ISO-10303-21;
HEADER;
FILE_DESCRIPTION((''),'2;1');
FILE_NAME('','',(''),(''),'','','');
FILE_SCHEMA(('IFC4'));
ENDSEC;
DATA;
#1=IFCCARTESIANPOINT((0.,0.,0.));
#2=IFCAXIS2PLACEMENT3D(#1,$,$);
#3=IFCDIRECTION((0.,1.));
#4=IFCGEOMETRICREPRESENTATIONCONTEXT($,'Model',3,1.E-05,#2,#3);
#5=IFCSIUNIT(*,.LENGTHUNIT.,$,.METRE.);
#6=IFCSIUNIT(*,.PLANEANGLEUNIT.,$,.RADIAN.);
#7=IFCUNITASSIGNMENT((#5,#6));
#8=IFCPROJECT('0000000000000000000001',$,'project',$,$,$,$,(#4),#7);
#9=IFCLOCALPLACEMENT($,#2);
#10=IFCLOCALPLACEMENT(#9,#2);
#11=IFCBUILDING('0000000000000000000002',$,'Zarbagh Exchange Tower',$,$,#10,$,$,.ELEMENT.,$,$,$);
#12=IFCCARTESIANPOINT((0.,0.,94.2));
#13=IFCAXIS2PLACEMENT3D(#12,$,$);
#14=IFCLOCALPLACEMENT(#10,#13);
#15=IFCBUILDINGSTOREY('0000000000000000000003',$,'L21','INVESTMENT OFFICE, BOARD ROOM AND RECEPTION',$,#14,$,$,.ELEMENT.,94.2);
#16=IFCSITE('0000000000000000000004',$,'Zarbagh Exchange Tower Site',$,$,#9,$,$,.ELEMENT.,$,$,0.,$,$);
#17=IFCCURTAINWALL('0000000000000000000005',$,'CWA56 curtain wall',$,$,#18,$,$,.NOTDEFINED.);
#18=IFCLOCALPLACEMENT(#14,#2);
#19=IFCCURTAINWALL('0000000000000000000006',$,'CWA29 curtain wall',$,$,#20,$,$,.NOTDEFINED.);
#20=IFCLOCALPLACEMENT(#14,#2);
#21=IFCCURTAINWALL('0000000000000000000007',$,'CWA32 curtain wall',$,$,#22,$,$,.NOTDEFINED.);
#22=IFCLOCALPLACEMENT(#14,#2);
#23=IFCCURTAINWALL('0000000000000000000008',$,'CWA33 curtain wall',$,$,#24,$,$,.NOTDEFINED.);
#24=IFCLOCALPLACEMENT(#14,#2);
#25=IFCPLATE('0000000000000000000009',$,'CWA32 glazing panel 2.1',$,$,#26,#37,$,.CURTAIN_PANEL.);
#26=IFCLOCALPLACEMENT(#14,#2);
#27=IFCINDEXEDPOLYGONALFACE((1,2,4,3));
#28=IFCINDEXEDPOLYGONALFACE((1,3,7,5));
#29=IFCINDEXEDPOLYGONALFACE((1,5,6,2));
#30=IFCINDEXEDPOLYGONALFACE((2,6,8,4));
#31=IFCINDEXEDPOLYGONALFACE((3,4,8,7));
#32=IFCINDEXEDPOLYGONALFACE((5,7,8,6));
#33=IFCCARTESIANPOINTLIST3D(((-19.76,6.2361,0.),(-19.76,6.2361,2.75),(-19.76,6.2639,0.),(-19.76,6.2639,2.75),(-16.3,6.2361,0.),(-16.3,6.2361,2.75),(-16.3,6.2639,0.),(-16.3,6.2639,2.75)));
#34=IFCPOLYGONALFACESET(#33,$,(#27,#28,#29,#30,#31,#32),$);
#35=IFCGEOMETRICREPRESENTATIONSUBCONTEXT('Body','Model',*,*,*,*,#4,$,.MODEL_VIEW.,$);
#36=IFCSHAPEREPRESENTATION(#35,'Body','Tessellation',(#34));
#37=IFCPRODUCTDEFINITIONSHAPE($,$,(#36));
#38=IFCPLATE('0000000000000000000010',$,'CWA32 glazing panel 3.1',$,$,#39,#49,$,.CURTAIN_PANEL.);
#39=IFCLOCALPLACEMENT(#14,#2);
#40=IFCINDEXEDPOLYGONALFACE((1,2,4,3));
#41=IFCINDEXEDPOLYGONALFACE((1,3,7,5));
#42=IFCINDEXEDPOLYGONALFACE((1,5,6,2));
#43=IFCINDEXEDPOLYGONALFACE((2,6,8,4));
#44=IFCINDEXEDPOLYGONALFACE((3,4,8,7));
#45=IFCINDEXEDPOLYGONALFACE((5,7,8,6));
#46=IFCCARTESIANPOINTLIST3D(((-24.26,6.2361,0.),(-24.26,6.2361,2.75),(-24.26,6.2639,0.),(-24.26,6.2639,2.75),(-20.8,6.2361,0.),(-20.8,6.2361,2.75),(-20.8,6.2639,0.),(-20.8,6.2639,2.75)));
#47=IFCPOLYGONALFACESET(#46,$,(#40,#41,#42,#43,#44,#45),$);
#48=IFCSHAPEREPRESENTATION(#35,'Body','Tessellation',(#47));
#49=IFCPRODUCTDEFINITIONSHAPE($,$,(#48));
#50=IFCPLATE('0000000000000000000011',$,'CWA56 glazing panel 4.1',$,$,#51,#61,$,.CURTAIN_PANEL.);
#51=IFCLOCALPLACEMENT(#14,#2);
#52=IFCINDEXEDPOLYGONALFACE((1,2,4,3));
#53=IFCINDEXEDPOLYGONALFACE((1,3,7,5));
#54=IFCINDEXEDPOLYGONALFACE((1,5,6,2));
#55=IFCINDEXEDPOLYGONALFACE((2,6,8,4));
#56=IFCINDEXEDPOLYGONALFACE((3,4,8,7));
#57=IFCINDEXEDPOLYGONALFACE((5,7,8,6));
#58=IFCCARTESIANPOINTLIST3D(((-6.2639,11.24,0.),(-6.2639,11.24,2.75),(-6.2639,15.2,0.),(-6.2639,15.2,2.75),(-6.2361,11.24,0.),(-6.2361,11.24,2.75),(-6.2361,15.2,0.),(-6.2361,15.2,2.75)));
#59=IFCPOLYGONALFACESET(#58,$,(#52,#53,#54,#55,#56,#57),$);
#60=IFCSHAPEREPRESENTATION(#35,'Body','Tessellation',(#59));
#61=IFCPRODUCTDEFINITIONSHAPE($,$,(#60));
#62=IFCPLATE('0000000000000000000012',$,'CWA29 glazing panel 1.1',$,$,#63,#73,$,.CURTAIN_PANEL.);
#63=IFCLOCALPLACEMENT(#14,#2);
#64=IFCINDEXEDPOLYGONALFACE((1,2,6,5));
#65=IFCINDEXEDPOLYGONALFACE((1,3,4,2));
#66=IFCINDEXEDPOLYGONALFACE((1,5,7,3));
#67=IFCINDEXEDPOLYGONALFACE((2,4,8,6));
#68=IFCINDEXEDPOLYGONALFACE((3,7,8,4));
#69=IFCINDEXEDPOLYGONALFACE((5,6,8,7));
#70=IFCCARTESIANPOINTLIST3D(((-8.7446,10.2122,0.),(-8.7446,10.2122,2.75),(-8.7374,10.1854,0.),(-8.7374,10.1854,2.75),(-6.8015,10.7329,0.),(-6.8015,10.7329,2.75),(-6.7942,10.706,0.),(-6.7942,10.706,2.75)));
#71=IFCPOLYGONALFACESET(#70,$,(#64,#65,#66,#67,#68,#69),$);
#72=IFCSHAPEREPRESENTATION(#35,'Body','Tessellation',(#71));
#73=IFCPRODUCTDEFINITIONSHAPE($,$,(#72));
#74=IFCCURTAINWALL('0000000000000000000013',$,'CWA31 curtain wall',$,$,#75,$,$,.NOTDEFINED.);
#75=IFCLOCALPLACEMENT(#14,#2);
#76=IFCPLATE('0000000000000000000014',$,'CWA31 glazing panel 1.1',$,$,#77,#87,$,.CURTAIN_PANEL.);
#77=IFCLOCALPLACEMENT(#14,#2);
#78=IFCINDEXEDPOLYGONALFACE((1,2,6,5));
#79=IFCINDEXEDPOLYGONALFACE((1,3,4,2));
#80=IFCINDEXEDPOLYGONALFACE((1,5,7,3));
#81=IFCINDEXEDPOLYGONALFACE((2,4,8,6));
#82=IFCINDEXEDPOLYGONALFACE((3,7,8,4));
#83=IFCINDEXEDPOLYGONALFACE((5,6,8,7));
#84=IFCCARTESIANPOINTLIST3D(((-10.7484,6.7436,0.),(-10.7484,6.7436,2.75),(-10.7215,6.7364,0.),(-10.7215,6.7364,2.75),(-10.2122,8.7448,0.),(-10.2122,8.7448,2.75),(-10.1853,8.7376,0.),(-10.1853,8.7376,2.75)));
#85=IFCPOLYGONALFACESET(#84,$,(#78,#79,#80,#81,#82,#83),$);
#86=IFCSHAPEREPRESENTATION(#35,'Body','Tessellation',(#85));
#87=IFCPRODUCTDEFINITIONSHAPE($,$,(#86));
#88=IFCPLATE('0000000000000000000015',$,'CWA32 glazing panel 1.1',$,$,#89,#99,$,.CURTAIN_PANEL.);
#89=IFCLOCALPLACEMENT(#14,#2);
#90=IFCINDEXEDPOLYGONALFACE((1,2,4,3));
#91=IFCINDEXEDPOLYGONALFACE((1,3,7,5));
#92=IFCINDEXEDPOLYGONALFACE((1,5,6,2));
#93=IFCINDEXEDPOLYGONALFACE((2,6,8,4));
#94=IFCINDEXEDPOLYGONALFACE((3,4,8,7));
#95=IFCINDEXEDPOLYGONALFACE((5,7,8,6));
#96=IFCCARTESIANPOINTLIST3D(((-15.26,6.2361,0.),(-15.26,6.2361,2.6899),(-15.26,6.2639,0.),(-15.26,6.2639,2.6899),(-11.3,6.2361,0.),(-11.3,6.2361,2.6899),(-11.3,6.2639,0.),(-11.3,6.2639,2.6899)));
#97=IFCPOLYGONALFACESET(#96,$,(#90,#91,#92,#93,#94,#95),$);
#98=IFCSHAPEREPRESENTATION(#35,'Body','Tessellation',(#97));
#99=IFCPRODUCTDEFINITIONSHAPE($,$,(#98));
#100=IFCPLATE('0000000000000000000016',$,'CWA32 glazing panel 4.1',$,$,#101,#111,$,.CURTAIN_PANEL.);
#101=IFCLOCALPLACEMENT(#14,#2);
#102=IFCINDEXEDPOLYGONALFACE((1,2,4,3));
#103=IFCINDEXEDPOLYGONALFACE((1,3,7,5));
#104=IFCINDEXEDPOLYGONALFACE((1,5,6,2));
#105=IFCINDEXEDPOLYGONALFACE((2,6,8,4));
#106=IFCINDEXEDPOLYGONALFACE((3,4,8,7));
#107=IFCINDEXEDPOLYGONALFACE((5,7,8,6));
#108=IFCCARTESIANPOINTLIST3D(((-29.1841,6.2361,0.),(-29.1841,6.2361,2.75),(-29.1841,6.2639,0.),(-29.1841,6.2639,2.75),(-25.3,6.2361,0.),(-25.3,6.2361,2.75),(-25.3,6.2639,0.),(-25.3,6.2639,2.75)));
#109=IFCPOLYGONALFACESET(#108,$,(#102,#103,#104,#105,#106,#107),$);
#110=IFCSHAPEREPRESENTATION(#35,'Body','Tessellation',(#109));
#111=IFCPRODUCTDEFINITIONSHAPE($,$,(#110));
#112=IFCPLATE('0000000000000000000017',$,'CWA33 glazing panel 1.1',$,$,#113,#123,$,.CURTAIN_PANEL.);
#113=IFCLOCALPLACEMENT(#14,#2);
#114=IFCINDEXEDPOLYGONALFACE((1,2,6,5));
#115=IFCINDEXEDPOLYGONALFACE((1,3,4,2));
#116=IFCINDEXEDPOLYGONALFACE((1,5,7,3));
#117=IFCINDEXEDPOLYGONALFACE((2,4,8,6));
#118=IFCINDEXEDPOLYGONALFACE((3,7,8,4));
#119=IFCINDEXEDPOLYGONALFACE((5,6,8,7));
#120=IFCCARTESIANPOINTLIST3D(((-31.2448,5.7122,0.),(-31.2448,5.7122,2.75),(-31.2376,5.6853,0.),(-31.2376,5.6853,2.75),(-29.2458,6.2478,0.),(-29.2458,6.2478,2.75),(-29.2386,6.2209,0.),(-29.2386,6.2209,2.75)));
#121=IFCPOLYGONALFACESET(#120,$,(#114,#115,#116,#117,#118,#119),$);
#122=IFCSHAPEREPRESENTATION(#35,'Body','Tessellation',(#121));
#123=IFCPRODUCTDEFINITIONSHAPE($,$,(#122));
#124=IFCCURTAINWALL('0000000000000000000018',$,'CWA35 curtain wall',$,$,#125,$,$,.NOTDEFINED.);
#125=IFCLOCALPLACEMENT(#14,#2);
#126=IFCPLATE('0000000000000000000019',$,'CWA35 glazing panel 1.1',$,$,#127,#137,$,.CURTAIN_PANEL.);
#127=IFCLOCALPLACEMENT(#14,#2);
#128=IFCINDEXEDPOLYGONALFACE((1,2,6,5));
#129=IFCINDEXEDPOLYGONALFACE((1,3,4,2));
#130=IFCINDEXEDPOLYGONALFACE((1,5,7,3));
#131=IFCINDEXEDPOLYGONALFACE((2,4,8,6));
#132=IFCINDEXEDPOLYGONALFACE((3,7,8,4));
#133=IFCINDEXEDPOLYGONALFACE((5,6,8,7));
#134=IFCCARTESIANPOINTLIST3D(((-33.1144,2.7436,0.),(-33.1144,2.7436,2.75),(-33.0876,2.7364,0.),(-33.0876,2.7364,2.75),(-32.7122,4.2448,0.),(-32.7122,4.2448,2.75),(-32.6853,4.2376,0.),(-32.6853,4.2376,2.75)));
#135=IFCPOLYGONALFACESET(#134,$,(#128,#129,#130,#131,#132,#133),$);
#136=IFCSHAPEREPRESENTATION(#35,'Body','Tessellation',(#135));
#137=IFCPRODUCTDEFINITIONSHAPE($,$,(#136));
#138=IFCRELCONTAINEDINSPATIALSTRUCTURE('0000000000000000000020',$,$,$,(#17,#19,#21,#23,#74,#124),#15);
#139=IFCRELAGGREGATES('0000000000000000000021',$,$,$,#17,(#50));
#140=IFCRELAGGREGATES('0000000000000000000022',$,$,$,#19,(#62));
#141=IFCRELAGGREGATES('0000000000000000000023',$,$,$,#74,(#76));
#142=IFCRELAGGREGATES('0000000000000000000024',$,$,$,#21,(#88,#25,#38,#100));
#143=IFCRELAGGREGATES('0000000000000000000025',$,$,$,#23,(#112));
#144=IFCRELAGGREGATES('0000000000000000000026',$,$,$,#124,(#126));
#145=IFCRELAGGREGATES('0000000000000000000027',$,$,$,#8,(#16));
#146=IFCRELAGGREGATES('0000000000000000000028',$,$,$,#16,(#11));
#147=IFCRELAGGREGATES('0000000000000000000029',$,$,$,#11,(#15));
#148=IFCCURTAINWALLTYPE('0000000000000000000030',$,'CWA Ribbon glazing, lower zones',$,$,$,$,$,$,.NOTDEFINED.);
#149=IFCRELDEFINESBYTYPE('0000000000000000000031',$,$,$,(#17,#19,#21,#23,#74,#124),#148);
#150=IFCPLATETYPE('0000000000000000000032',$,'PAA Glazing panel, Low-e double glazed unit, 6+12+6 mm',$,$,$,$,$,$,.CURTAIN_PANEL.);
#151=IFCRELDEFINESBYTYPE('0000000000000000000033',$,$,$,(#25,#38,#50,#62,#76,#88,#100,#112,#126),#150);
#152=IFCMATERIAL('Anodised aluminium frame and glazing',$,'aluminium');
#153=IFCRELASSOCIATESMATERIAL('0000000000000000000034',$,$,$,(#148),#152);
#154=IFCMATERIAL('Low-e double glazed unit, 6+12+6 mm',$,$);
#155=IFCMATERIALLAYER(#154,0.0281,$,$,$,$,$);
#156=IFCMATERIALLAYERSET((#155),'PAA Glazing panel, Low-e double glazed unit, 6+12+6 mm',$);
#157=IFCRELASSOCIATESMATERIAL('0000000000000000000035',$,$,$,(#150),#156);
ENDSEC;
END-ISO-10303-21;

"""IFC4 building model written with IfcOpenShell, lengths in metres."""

from ifc_helpers import new_model, si_unit, direction, frame, origin, place, context, subcontext, project, spatial, polyline, outline, extrude, source, transform, mapped, material, layer, layer_set, type_object, element, aggregate, save


model = new_model("IFC4")

# Units and contexts
model_context = context("Model", 3, precision=1e-05, world=origin(), true_north=direction((0.0, 1.0)))
body_context = subcontext(model_context, "Body", "Model", "MODEL_VIEW")
ifc_project = project(units=[si_unit("LENGTHUNIT", "METRE"), si_unit("PLANEANGLEUNIT", "RADIAN")], contexts=[model_context])

# Site, building, storey
site_placement = place(None, origin())
site = spatial("IfcSite", under=ifc_project, at=site_placement, Name="Zarbagh Exchange Tower Site", CompositionType="ELEMENT", RefElevation=0.0)
building_placement = place(site_placement, origin())
building = spatial("IfcBuilding", under=site, at=building_placement, Name="Zarbagh Exchange Tower", CompositionType="ELEMENT")
storey_placement = place(building_placement, frame((0.0, 0.0, 94.2)))
storey = spatial("IfcBuildingStorey", under=building, at=storey_placement, Name="L21", Description="INVESTMENT OFFICE, BOARD ROOM AND RECEPTION", CompositionType="ELEMENT", Elevation=94.2)

# Curtain wall
ifc_material_1 = material(Name="Anodised aluminium frame and glazing", Category="aluminium")
curtain_wall_type = type_object("IfcCurtainWallType", Name="CWA Ribbon glazing, lower zones", PredefinedType="NOTDEFINED", material=ifc_material_1)
curtain_wall_1_placement = place(storey_placement, origin())
curtain_wall_1 = element("IfcCurtainWall", 1, at=curtain_wall_1_placement, inside=storey, type_object=curtain_wall_type, Name="CWA56 curtain wall", PredefinedType="NOTDEFINED")
placement = place(storey_placement, origin())

# Curtain wall
curtain_wall_2_placement = place(storey_placement, origin())
curtain_wall_2 = element("IfcCurtainWall", 2, at=curtain_wall_2_placement, inside=storey, type_object=curtain_wall_type, Name="CWA29 curtain wall", PredefinedType="NOTDEFINED")

# Curtain wall
curtain_wall_3_placement = place(storey_placement, origin())
curtain_wall_3 = element("IfcCurtainWall", 3, at=curtain_wall_3_placement, inside=storey, type_object=curtain_wall_type, Name="CWA32 curtain wall", PredefinedType="NOTDEFINED")

# Curtain wall
curtain_wall_4_placement = place(storey_placement, origin())
curtain_wall_4 = element("IfcCurtainWall", 4, at=curtain_wall_4_placement, inside=storey, type_object=curtain_wall_type, Name="CWA33 curtain wall", PredefinedType="NOTDEFINED")

# Shared definitions
ifc_material_2 = material(Name="Low-e double glazed unit, 6+12+6 mm")
ifc_layer = layer(ifc_material_2, 0.0281)
ifc_layer_set = layer_set([ifc_layer], Name="PAA Glazing panel, Low-e double glazed unit, 6+12+6 mm")
plate_type = type_object("IfcPlateType", Name="PAA Glazing panel, Low-e double glazed unit, 6+12+6 mm", PredefinedType="CURTAIN_PANEL", material=ifc_layer_set)

# Plates
shared_shape_1 = source(origin(), body_context, "Body", "SweptSolid", [
    extrude(outline(polyline([(0.0, -0.0139), (3.46, -0.0139), (3.46, 0.0139), (0.0, 0.0139), (0.0, -0.0139)])), origin(), (0.0, 0.0, 1.0), 2.75),
])
plate_1 = element("IfcPlate", 5, at=placement, type_object=plate_type, Name="CWA32 glazing panel 2.1", PredefinedType="CURTAIN_PANEL", context=body_context, shape_type="MappedRepresentation", body=[
    mapped(shared_shape_1, transform((-16.3, 6.25, 0.0), x_axis=(-1.0, 0.0, 0.0), y_axis=(0.0, -1.0, 0.0), z_axis=(0.0, 0.0, 1.0))),
])
plate_2 = element("IfcPlate", 6, at=placement, type_object=plate_type, Name="CWA32 glazing panel 3.1", PredefinedType="CURTAIN_PANEL", context=body_context, shape_type="MappedRepresentation", body=[
    mapped(shared_shape_1, transform((-20.8, 6.25, 0.0), x_axis=(-1.0, 0.0, 0.0), y_axis=(0.0, -1.0, 0.0), z_axis=(0.0, 0.0, 1.0))),
])
shared_shape_2 = source(origin(), body_context, "Body", "SweptSolid", [
    extrude(outline(polyline([(0.0, -0.0139), (3.96, -0.0139), (3.96, 0.0139), (0.0, 0.0139), (0.0, -0.0139)])), origin(), (0.0, 0.0, 1.0), 2.75),
])
plate_3 = element("IfcPlate", 7, at=placement, type_object=plate_type, Name="CWA56 glazing panel 4.1", PredefinedType="CURTAIN_PANEL", context=body_context, shape_type="MappedRepresentation", body=[
    mapped(shared_shape_2, transform((-6.25, 15.2, 0.0), x_axis=(0.0, -1.0, 0.0), y_axis=(1.0, 0.0, 0.0), z_axis=(0.0, 0.0, 1.0))),
])
aggregate(curtain_wall_1, [plate_3])
shared_shape_3 = source(origin(), body_context, "Body", "SweptSolid", [
    extrude(outline(polyline([(0.0, -0.0139), (2.0117, -0.0139), (2.0117, 0.0139), (0.0, 0.0139), (0.0, -0.0139)])), origin(), (0.0, 0.0, 1.0), 2.75),
])
plate_4 = element("IfcPlate", 8, at=placement, type_object=plate_type, Name="CWA29 glazing panel 1.1", PredefinedType="CURTAIN_PANEL", context=body_context, shape_type="MappedRepresentation", body=[
    mapped(shared_shape_3, transform((-6.7979, 10.7195, 0.0), x_axis=(-0.965924, -0.258825, 0.0), y_axis=(0.258825, -0.965924, 0.0), z_axis=(0.0, 0.0, 1.0))),
])
aggregate(curtain_wall_2, [plate_4])

# Curtain wall, plate
curtain_wall_5_placement = place(storey_placement, origin())
curtain_wall_5 = element("IfcCurtainWall", 9, at=curtain_wall_5_placement, inside=storey, type_object=curtain_wall_type, Name="CWA31 curtain wall", PredefinedType="NOTDEFINED")
shared_shape_4 = source(origin(), body_context, "Body", "SweptSolid", [
    extrude(outline(polyline([(0.0, -0.0139), (2.0718, -0.0139), (2.0718, 0.0139), (0.0, 0.0139), (0.0, -0.0139)])), origin(), (0.0, 0.0, 1.0), 2.75),
])
plate_5 = element("IfcPlate", 10, at=placement, type_object=plate_type, Name="CWA31 glazing panel 1.1", PredefinedType="CURTAIN_PANEL", context=body_context, shape_type="MappedRepresentation", body=[
    mapped(shared_shape_4, transform((-10.1987, 8.7412, 0.0), x_axis=(-0.258825, -0.965924, 0.0), y_axis=(0.965924, -0.258825, 0.0), z_axis=(0.0, 0.0, 1.0))),
])
aggregate(curtain_wall_5, [plate_5])

# Plates
shared_shape_5 = source(origin(), body_context, "Body", "SweptSolid", [
    extrude(outline(polyline([(0.0, -0.0139), (3.96, -0.0139), (3.96, 0.0139), (0.0, 0.0139), (0.0, -0.0139)])), origin(), (0.0, 0.0, 1.0), 2.6899),
])
plate_6 = element("IfcPlate", 11, at=placement, type_object=plate_type, Name="CWA32 glazing panel 1.1", PredefinedType="CURTAIN_PANEL", context=body_context, shape_type="MappedRepresentation", body=[
    mapped(shared_shape_5, transform((-11.3, 6.25, 0.0), x_axis=(-1.0, 0.0, 0.0), y_axis=(0.0, -1.0, 0.0), z_axis=(0.0, 0.0, 1.0))),
])
shared_shape_6 = source(origin(), body_context, "Body", "SweptSolid", [
    extrude(outline(polyline([(0.0, -0.0139), (3.884, -0.0139), (3.884, 0.0139), (0.0, 0.0139), (0.0, -0.0139)])), origin(), (0.0, 0.0, 1.0), 2.75),
])
plate_7 = element("IfcPlate", 12, at=placement, type_object=plate_type, Name="CWA32 glazing panel 4.1", PredefinedType="CURTAIN_PANEL", context=body_context, shape_type="MappedRepresentation", body=[
    mapped(shared_shape_6, transform((-25.3, 6.25, 0.0), x_axis=(-1.0, 0.0, 0.0), y_axis=(0.0, -1.0, 0.0), z_axis=(0.0, 0.0, 1.0))),
])
aggregate(curtain_wall_3, [plate_6, plate_1, plate_2, plate_7])
shared_shape_7 = source(origin(), body_context, "Body", "SweptSolid", [
    extrude(outline(polyline([(0.0, -0.0139), (2.0696, -0.0139), (2.0696, 0.0139), (0.0, 0.0139), (0.0, -0.0139)])), origin(), (0.0, 0.0, 1.0), 2.75),
])
plate_8 = element("IfcPlate", 13, at=placement, type_object=plate_type, Name="CWA33 glazing panel 1.1", PredefinedType="CURTAIN_PANEL", context=body_context, shape_type="MappedRepresentation", body=[
    mapped(shared_shape_7, transform((-29.2422, 6.2344, 0.0), x_axis=(-0.965924, -0.258825, 0.0), y_axis=(0.258825, -0.965924, 0.0), z_axis=(0.0, 0.0, 1.0))),
])
aggregate(curtain_wall_4, [plate_8])

# Curtain wall, plate
curtain_wall_6_placement = place(storey_placement, origin())
curtain_wall_6 = element("IfcCurtainWall", 14, at=curtain_wall_6_placement, inside=storey, type_object=curtain_wall_type, Name="CWA35 curtain wall", PredefinedType="NOTDEFINED")
shared_shape_8 = source(origin(), body_context, "Body", "SweptSolid", [
    extrude(outline(polyline([(0.0, -0.0139), (1.5542, -0.0139), (1.5542, 0.0139), (0.0, 0.0139), (0.0, -0.0139)])), origin(), (0.0, 0.0, 1.0), 2.75),
])
plate_9 = element("IfcPlate", 15, at=placement, type_object=plate_type, Name="CWA35 glazing panel 1.1", PredefinedType="CURTAIN_PANEL", context=body_context, shape_type="MappedRepresentation", body=[
    mapped(shared_shape_8, transform((-32.6987, 4.2412, 0.0), x_axis=(-0.258825, -0.965924, 0.0), y_axis=(0.965924, -0.258825, 0.0), z_axis=(0.0, 0.0, 1.0))),
])
aggregate(curtain_wall_6, [plate_9])

save(model, "model.ifc")
